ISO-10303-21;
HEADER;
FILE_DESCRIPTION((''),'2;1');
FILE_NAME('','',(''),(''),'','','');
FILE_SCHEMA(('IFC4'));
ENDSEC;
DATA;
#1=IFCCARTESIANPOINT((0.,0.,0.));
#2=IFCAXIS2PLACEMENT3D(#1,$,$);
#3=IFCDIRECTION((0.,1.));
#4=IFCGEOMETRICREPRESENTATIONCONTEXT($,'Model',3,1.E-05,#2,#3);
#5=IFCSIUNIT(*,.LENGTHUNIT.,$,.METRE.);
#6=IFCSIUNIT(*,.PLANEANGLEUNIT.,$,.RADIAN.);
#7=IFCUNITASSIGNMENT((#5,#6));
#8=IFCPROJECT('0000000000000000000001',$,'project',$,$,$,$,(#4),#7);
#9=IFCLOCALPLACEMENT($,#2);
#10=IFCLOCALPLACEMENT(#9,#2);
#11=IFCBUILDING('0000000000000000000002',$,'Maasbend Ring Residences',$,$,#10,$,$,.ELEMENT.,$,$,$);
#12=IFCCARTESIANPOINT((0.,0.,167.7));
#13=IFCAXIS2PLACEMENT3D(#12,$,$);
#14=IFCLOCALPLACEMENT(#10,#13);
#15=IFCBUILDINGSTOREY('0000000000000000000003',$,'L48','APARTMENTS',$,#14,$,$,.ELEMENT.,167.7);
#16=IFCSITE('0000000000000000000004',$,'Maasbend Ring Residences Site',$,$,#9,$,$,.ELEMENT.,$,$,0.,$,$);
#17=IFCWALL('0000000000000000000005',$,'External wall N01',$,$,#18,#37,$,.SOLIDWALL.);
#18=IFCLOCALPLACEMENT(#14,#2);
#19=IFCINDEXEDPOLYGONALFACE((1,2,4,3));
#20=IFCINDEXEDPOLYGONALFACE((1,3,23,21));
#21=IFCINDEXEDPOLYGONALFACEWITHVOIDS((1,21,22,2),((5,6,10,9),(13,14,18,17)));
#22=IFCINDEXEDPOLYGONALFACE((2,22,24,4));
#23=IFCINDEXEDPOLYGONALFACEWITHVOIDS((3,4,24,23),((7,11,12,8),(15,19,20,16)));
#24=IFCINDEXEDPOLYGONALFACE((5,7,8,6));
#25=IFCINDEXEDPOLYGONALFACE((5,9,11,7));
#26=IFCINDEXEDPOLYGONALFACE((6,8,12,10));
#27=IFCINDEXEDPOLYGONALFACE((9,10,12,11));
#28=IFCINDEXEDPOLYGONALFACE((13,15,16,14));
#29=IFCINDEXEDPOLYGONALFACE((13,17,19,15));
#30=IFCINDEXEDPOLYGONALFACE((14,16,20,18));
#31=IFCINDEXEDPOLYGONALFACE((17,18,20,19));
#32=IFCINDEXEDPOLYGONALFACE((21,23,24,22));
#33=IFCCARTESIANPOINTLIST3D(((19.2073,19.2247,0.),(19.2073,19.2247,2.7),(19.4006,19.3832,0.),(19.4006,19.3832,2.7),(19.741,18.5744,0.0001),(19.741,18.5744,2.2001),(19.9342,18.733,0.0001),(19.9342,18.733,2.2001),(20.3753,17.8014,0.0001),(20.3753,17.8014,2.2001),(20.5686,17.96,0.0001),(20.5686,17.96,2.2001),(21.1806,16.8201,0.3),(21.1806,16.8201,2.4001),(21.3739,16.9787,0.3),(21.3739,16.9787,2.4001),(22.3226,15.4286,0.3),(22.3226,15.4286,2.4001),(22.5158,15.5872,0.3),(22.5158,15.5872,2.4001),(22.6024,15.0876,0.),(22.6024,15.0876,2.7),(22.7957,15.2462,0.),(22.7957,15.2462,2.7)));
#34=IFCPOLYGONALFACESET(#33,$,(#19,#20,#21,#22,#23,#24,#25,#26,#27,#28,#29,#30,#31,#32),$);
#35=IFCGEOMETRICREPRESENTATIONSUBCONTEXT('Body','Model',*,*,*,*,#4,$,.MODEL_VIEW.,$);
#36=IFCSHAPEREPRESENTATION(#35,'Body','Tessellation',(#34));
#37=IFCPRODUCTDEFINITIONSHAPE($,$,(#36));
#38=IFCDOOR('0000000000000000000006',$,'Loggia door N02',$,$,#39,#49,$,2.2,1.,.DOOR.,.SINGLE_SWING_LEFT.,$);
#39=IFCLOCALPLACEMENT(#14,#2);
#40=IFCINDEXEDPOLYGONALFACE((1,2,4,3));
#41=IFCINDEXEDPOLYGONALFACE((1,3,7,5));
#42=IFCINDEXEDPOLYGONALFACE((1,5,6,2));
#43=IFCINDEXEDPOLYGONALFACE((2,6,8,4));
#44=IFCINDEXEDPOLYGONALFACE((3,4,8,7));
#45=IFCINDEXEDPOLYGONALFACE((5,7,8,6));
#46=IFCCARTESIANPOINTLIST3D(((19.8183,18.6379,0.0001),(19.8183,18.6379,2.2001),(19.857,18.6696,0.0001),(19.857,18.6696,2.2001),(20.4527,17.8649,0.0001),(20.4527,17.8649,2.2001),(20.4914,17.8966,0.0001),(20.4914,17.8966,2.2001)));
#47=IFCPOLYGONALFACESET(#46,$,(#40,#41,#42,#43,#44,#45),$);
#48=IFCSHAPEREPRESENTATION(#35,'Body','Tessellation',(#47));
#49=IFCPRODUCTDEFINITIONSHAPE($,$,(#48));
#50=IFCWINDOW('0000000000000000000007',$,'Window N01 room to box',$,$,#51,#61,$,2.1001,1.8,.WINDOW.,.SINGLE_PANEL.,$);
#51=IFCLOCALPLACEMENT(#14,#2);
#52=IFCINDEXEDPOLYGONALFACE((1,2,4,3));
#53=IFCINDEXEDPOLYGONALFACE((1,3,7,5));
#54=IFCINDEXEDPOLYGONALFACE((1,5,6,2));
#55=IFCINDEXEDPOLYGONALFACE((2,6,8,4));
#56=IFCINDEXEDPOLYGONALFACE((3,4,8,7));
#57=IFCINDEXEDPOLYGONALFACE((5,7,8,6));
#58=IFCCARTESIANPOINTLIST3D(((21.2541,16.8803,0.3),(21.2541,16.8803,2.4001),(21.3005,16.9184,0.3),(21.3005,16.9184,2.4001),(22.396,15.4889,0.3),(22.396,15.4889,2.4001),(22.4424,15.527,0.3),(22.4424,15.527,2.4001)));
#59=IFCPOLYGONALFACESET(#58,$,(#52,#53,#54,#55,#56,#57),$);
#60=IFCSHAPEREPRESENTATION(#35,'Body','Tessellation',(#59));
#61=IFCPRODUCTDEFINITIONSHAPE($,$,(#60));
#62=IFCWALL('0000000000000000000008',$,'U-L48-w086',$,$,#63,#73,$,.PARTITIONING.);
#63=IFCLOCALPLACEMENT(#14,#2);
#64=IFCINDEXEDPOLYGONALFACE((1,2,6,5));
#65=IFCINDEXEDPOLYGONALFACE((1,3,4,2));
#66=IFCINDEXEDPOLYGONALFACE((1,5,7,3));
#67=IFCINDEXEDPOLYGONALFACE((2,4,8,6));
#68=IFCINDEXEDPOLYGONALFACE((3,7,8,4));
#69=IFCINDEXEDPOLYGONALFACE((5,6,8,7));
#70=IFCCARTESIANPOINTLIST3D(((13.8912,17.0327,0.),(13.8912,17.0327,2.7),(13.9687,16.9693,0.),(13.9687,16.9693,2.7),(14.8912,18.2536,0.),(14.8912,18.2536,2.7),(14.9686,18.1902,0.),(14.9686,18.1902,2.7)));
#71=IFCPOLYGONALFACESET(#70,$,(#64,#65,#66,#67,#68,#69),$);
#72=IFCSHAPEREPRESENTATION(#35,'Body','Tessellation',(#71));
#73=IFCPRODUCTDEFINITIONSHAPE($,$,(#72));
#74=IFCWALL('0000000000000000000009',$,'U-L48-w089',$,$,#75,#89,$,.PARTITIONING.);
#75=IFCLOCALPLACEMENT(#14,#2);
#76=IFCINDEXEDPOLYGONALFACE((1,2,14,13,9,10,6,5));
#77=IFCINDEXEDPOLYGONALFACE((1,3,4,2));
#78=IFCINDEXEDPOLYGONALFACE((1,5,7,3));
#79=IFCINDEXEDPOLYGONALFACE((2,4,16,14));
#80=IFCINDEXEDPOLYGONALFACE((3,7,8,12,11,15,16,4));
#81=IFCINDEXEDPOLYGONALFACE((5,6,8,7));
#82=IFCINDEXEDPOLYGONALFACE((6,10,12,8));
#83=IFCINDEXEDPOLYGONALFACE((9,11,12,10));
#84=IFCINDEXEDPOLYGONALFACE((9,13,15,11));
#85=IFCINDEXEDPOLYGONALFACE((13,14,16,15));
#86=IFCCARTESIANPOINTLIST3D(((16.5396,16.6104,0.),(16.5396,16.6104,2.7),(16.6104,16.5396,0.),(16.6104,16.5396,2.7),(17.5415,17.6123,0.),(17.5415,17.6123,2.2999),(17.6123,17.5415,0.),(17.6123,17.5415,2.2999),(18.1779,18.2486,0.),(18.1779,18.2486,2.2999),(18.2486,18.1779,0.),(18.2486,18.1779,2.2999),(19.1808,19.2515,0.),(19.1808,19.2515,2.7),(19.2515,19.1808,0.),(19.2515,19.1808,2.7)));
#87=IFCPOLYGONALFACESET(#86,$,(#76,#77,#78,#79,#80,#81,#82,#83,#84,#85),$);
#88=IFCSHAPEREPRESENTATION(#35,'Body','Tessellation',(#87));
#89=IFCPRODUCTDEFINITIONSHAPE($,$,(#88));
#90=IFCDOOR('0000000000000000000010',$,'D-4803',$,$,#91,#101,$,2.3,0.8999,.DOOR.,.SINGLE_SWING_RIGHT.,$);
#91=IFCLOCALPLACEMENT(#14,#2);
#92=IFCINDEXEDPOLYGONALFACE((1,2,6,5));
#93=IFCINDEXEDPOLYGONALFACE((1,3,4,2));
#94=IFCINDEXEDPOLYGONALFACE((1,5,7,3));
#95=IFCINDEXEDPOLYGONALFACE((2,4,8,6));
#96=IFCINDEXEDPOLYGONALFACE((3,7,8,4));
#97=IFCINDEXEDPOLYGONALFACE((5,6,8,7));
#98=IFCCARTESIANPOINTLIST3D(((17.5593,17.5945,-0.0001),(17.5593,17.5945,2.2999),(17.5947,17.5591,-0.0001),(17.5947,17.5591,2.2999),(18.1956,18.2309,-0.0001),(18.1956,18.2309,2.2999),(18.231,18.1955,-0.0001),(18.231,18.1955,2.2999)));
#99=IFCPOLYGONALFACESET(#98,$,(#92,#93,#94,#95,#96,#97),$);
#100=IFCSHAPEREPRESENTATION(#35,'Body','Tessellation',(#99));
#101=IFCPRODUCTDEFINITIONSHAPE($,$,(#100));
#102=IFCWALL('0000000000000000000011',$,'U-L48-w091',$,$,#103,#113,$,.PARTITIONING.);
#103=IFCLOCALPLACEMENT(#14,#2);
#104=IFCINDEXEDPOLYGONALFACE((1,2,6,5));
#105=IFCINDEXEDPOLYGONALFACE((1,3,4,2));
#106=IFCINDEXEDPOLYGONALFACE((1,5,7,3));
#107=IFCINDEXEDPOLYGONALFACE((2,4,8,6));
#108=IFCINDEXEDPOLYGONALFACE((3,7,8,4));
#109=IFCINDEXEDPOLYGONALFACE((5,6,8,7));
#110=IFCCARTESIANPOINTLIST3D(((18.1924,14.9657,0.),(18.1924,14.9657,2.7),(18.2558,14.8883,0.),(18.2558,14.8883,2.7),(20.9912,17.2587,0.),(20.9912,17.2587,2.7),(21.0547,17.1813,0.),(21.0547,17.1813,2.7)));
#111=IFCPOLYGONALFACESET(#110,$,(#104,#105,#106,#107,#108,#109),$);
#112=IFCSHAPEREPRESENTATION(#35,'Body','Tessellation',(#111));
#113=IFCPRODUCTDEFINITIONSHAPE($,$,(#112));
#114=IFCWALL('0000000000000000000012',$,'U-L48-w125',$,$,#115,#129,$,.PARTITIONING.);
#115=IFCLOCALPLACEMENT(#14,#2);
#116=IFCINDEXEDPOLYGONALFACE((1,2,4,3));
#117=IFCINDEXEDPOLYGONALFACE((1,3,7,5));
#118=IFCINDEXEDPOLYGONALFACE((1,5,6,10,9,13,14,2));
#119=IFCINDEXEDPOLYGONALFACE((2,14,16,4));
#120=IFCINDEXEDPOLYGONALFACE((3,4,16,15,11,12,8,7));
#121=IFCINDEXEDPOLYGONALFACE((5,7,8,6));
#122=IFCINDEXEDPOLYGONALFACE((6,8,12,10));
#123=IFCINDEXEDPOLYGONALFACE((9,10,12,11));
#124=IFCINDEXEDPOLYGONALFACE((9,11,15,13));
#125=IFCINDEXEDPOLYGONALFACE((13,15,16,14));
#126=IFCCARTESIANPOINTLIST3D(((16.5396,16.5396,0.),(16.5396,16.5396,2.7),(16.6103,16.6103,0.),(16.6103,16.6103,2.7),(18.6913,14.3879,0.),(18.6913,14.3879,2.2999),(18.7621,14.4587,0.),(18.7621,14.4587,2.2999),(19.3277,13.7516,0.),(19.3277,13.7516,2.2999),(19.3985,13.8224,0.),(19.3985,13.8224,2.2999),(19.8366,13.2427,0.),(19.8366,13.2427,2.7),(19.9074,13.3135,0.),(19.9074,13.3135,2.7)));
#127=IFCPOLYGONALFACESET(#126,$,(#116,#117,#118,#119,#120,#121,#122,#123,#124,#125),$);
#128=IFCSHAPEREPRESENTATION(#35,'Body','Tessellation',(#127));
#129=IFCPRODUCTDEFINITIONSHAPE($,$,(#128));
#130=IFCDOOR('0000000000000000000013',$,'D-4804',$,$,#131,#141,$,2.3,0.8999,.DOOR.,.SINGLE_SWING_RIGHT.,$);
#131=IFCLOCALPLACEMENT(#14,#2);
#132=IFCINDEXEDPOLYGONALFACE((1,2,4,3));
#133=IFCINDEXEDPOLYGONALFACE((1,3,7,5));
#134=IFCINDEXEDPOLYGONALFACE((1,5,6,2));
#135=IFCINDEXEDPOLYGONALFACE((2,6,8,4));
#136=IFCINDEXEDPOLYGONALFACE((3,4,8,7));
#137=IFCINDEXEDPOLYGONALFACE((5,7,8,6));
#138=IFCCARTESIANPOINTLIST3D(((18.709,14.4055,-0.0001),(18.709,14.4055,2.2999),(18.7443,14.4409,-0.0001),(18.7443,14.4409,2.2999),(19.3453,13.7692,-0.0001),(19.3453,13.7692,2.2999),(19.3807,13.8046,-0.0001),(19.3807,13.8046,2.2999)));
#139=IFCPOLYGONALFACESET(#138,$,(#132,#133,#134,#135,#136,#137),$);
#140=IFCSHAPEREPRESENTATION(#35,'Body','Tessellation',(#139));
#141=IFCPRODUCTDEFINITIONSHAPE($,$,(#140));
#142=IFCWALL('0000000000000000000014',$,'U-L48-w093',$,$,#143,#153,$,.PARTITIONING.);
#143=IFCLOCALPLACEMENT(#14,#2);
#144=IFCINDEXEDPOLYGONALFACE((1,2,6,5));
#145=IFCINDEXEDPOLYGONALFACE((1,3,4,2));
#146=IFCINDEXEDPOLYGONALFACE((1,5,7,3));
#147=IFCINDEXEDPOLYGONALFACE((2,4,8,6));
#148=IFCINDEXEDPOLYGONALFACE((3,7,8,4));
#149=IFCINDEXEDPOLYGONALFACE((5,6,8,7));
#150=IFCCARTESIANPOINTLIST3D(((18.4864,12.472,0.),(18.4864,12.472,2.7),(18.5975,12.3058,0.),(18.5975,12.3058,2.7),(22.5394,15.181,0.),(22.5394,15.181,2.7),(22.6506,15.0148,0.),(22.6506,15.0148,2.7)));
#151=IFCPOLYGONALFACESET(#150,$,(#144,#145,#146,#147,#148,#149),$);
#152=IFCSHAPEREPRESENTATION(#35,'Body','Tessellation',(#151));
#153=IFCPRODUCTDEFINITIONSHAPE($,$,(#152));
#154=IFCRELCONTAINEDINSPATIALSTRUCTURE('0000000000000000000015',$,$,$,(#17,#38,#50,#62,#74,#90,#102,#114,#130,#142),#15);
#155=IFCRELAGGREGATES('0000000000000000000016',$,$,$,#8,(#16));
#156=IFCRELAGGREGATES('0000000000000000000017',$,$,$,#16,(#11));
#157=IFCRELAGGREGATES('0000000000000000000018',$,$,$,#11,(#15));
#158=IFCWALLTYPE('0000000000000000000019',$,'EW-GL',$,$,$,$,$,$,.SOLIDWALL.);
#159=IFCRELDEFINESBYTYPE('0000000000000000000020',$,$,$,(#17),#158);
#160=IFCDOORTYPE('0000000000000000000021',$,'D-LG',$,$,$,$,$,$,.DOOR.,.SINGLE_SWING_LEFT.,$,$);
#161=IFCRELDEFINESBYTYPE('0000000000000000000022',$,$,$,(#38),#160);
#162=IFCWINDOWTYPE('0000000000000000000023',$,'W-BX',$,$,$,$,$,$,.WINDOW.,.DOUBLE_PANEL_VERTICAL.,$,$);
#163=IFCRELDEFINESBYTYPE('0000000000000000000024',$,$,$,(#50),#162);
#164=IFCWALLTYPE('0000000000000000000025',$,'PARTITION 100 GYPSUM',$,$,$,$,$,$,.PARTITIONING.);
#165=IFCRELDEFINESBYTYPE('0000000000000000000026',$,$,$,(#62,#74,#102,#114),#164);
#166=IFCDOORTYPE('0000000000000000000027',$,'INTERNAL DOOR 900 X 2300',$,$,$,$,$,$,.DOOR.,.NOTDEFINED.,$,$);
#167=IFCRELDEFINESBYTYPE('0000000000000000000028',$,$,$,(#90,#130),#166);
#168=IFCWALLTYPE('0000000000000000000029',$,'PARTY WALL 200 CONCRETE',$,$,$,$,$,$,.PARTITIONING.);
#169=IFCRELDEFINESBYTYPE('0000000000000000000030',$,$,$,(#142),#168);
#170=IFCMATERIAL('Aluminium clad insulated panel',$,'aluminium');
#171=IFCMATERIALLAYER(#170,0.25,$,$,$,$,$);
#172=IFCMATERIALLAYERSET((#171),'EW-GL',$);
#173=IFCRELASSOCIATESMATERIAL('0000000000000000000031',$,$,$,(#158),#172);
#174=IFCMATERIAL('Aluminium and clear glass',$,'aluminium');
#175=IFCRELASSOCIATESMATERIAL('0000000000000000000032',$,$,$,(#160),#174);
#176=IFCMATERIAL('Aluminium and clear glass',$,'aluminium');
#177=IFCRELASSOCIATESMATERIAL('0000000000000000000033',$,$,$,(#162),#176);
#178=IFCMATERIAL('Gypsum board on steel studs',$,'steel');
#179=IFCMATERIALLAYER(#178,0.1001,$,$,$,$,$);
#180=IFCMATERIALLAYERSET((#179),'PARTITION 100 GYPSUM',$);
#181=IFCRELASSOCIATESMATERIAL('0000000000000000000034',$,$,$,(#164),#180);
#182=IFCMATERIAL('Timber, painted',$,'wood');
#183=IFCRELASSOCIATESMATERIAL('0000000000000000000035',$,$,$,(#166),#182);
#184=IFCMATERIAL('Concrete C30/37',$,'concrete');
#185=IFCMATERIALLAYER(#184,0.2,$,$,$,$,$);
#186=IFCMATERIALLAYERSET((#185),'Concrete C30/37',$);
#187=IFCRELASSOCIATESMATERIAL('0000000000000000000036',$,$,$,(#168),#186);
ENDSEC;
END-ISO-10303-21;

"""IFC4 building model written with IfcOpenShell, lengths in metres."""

from ifc_helpers import new_model, si_unit, direction, frame, frame_2d, origin, place, context, subcontext, project, spatial, rectangle, extrude, material, layer, layer_set, type_object, element, fill, save


model = new_model("IFC4")

# Units and contexts
model_context = context("Model", 3, precision=1e-05, world=origin(), true_north=direction((0.0, 1.0)))
body_context = subcontext(model_context, "Body", "Model", "MODEL_VIEW")
ifc_project = project(units=[si_unit("LENGTHUNIT", "METRE"), si_unit("PLANEANGLEUNIT", "RADIAN")], contexts=[model_context])

# Site, building, storey
site_placement = place(None, origin())
site = spatial("IfcSite", under=ifc_project, at=site_placement, Name="Maasbend Ring Residences Site", CompositionType="ELEMENT", RefElevation=0.0)
building_placement = place(site_placement, origin())
building = spatial("IfcBuilding", under=site, at=building_placement, Name="Maasbend Ring Residences", CompositionType="ELEMENT")
storey_placement = place(building_placement, frame((0.0, 0.0, 167.7)))
storey = spatial("IfcBuildingStorey", under=building, at=storey_placement, Name="L48", Description="APARTMENTS", CompositionType="ELEMENT", Elevation=167.7)

# Wall, openings, door, window
ifc_material_1 = material(Name="Aluminium clad insulated panel", Category="aluminium")
ifc_layer_1 = layer(ifc_material_1, 0.25)
ifc_layer_set_1 = layer_set([ifc_layer_1], Name="EW-GL")
wall_type_1 = type_object("IfcWallType", Name="EW-GL", PredefinedType="SOLIDWALL", material=ifc_layer_set_1)
wall_1_placement = place(storey_placement, frame((22.699, 15.167, 0.0), z_axis=(0.0, 0.0, 1.0), x_axis=(-0.634382, 0.773019, 0.0)))
wall_1 = element("IfcWall", 1, at=wall_1_placement, inside=storey, type_object=wall_type_1, Name="External wall N01", PredefinedType="SOLIDWALL", context=body_context, shape_type="SweptSolid", body=[
    extrude(rectangle(XDim=5.3518, YDim=0.25, at=frame_2d((2.6758, 0.0))), origin(), (0.0, 0.0, 1.0), 2.7),
])
opening_1_placement = place(wall_1_placement, frame((0.4412, 0.0, 0.3)))
opening_1 = element("IfcOpeningElement", 2, at=opening_1_placement, cuts=wall_1, PredefinedType="OPENING", context=body_context, shape_type="SweptSolid", body=[
    extrude(rectangle(XDim=1.8, YDim=2.1001, at=frame_2d((0.8999, 1.05))), frame((0.0, 0.135, 0.0), z_axis=(0.0, -1.0, 0.0), x_axis=(1.0, 0.0, 0.0)), (0.0, 0.0, 1.0), 0.27),
])
opening_2_placement = place(wall_1_placement, frame((3.5105, 0.0, 0.0)))
opening_2 = element("IfcOpeningElement", 3, at=opening_2_placement, cuts=wall_1, PredefinedType="OPENING", context=body_context, shape_type="SweptSolid", body=[
    extrude(rectangle(XDim=1.0, YDim=2.2, at=frame_2d((0.5, 1.1001))), frame((0.0, 0.135, 0.0), z_axis=(0.0, -1.0, 0.0), x_axis=(1.0, 0.0, 0.0)), (0.0, 0.0, 1.0), 0.27),
])
ifc_material_2 = material(Name="Aluminium and clear glass", Category="aluminium")
door_type_1 = type_object("IfcDoorType", Name="D-LG", OperationType="SINGLE_SWING_LEFT", PredefinedType="DOOR", material=ifc_material_2)
door_1_placement = place(opening_2_placement, origin())
door_1 = element("IfcDoor", 4, at=door_1_placement, inside=storey, type_object=door_type_1, Name="Loggia door N02", OperationType="SINGLE_SWING_LEFT", OverallHeight=2.2, OverallWidth=1.0, PredefinedType="DOOR", context=body_context, shape_type="SweptSolid", body=[
    extrude(rectangle(XDim=1.0, YDim=2.2, at=frame_2d((0.5, 1.1001))), frame((0.0, 0.0249, 0.0), z_axis=(0.0, -1.0, 0.0), x_axis=(1.0, 0.0, 0.0)), (0.0, 0.0, 1.0), 0.05),
])
fill(opening_2, door_1)
ifc_material_3 = material(Name="Aluminium and clear glass", Category="aluminium")
window_type_1 = type_object("IfcWindowType", Name="W-BX", PartitioningType="DOUBLE_PANEL_VERTICAL", PredefinedType="WINDOW", material=ifc_material_3)
window_1_placement = place(opening_1_placement, origin())
window_1 = element("IfcWindow", 5, at=window_1_placement, inside=storey, type_object=window_type_1, Name="Window N01 room to box", OverallHeight=2.1001, OverallWidth=1.8, PartitioningType="SINGLE_PANEL", PredefinedType="WINDOW", context=body_context, shape_type="SweptSolid", body=[
    extrude(rectangle(XDim=1.8, YDim=2.1001, at=frame_2d((0.8999, 1.05))), frame((0.0, 0.03, 0.0), z_axis=(0.0, -1.0, 0.0), x_axis=(1.0, 0.0, 0.0)), (0.0, 0.0, 1.0), 0.0601),
])
fill(opening_1, window_1)

# Wall
ifc_material_4 = material(Name="Gypsum board on steel studs", Category="steel")
ifc_layer_2 = layer(ifc_material_4, 0.1001)
ifc_layer_set_2 = layer_set([ifc_layer_2], Name="PARTITION 100 GYPSUM")
wall_type_2 = type_object("IfcWallType", Name="PARTITION 100 GYPSUM", PredefinedType="PARTITIONING", material=ifc_layer_set_2)
wall_2_placement = place(storey_placement, frame((13.9299, 17.001, 0.0), z_axis=(0.0, 0.0, 1.0), x_axis=(0.633634, 0.773633, 0.0)))
element("IfcWall", 6, at=wall_2_placement, inside=storey, type_object=wall_type_2, Name="U-L48-w086", PredefinedType="PARTITIONING", context=body_context, shape_type="SweptSolid", body=[
    extrude(rectangle(XDim=1.5781, YDim=0.1001, at=frame_2d((0.7891, 0.0))), origin(), (0.0, 0.0, 1.0), 2.7),
])

# Wall, opening, door
wall_3_placement = place(storey_placement, frame((16.575, 16.575, 0.0), z_axis=(0.0, 0.0, 1.0), x_axis=(0.707107, 0.707107, 0.0)))
wall_3 = element("IfcWall", 7, at=wall_3_placement, inside=storey, type_object=wall_type_2, Name="U-L48-w089", PredefinedType="PARTITIONING", context=body_context, shape_type="SweptSolid", body=[
    extrude(rectangle(XDim=3.7351, YDim=0.1001, at=frame_2d((1.8677, 0.0))), origin(), (0.0, 0.0, 1.0), 2.7),
])
opening_3_placement = place(wall_3_placement, frame((1.417, 0.0, 0.0)))
opening_3 = element("IfcOpeningElement", 8, at=opening_3_placement, cuts=wall_3, PredefinedType="OPENING", context=body_context, shape_type="SweptSolid", body=[
    extrude(rectangle(XDim=0.8999, YDim=2.3, at=frame_2d((0.45, 1.1499))), frame((0.0, 0.0601, 0.0), z_axis=(0.0, -1.0, 0.0), x_axis=(1.0, 0.0, 0.0)), (0.0, 0.0, 1.0), 0.1201),
])
ifc_material_5 = material(Name="Timber, painted", Category="wood")
door_type_2 = type_object("IfcDoorType", Name="INTERNAL DOOR 900 X 2300", OperationType="NOTDEFINED", PredefinedType="DOOR", material=ifc_material_5)
door_2_placement = place(opening_3_placement, origin())
door_2 = element("IfcDoor", 9, at=door_2_placement, inside=storey, type_object=door_type_2, Name="D-4803", OperationType="SINGLE_SWING_RIGHT", OverallHeight=2.3, OverallWidth=0.8999, PredefinedType="DOOR", context=body_context, shape_type="SweptSolid", body=[
    extrude(rectangle(XDim=0.8999, YDim=2.3, at=frame_2d((0.45, 1.1499))), frame((0.0, 0.0249, 0.0), z_axis=(0.0, -1.0, 0.0), x_axis=(1.0, 0.0, 0.0)), (0.0, 0.0, 1.0), 0.05),
])
fill(opening_3, door_2)

# Wall
wall_4_placement = place(storey_placement, frame((18.2241, 14.927, 0.0), z_axis=(0.0, 0.0, 1.0), x_axis=(0.773548, 0.633737, 0.0)))
element("IfcWall", 10, at=wall_4_placement, inside=storey, type_object=wall_type_2, Name="U-L48-w091", PredefinedType="PARTITIONING", context=body_context, shape_type="SweptSolid", body=[
    extrude(rectangle(XDim=3.6182, YDim=0.1001, at=frame_2d((1.8091, 0.0))), origin(), (0.0, 0.0, 1.0), 2.7),
])

# Wall, opening, door
wall_5_placement = place(storey_placement, frame((16.575, 16.575, 0.0), z_axis=(0.0, 0.0, 1.0), x_axis=(0.707133, -0.707081, 0.0)))
wall_5 = element("IfcWall", 11, at=wall_5_placement, inside=storey, type_object=wall_type_2, Name="U-L48-w125", PredefinedType="PARTITIONING", context=body_context, shape_type="SweptSolid", body=[
    extrude(rectangle(XDim=4.6626, YDim=0.1001, at=frame_2d((2.3313, 0.0))), origin(), (0.0, 0.0, 1.0), 2.7),
])
opening_4_placement = place(wall_5_placement, frame((3.043, 0.0, 0.0)))
opening_4 = element("IfcOpeningElement", 12, at=opening_4_placement, cuts=wall_5, PredefinedType="OPENING", context=body_context, shape_type="SweptSolid", body=[
    extrude(rectangle(XDim=0.8999, YDim=2.3, at=frame_2d((0.45, 1.1499))), frame((0.0, 0.0601, 0.0), z_axis=(0.0, -1.0, 0.0), x_axis=(1.0, 0.0, 0.0)), (0.0, 0.0, 1.0), 0.1201),
])
door_3_placement = place(opening_4_placement, origin())
door_3 = element("IfcDoor", 13, at=door_3_placement, inside=storey, type_object=door_type_2, Name="D-4804", OperationType="SINGLE_SWING_RIGHT", OverallHeight=2.3, OverallWidth=0.8999, PredefinedType="DOOR", context=body_context, shape_type="SweptSolid", body=[
    extrude(rectangle(XDim=0.8999, YDim=2.3, at=frame_2d((0.45, 1.1499))), frame((0.0, 0.0249, 0.0), z_axis=(0.0, -1.0, 0.0), x_axis=(1.0, 0.0, 0.0)), (0.0, 0.0, 1.0), 0.05),
])
fill(opening_4, door_3)

# Wall
ifc_material_6 = material(Name="Concrete C30/37", Category="concrete")
ifc_layer_3 = layer(ifc_material_6, 0.2)
ifc_layer_set_3 = layer_set([ifc_layer_3], Name="Concrete C30/37")
wall_type_3 = type_object("IfcWallType", Name="PARTY WALL 200 CONCRETE", PredefinedType="PARTITIONING", material=ifc_layer_set_3)
wall_6_placement = place(storey_placement, frame((18.542, 12.3889, 0.0), z_axis=(0.0, 0.0, 1.0), x_axis=(0.831387, 0.555694, 0.0)))
element("IfcWall", 14, at=wall_6_placement, inside=storey, type_object=wall_type_3, Name="U-L48-w093", PredefinedType="PARTITIONING", context=body_context, shape_type="SweptSolid", body=[
    extrude(rectangle(XDim=4.875, YDim=0.2, at=frame_2d((2.4375, 0.0))), origin(), (0.0, 0.0, 1.0), 2.7),
])

save(model, "model.ifc")
